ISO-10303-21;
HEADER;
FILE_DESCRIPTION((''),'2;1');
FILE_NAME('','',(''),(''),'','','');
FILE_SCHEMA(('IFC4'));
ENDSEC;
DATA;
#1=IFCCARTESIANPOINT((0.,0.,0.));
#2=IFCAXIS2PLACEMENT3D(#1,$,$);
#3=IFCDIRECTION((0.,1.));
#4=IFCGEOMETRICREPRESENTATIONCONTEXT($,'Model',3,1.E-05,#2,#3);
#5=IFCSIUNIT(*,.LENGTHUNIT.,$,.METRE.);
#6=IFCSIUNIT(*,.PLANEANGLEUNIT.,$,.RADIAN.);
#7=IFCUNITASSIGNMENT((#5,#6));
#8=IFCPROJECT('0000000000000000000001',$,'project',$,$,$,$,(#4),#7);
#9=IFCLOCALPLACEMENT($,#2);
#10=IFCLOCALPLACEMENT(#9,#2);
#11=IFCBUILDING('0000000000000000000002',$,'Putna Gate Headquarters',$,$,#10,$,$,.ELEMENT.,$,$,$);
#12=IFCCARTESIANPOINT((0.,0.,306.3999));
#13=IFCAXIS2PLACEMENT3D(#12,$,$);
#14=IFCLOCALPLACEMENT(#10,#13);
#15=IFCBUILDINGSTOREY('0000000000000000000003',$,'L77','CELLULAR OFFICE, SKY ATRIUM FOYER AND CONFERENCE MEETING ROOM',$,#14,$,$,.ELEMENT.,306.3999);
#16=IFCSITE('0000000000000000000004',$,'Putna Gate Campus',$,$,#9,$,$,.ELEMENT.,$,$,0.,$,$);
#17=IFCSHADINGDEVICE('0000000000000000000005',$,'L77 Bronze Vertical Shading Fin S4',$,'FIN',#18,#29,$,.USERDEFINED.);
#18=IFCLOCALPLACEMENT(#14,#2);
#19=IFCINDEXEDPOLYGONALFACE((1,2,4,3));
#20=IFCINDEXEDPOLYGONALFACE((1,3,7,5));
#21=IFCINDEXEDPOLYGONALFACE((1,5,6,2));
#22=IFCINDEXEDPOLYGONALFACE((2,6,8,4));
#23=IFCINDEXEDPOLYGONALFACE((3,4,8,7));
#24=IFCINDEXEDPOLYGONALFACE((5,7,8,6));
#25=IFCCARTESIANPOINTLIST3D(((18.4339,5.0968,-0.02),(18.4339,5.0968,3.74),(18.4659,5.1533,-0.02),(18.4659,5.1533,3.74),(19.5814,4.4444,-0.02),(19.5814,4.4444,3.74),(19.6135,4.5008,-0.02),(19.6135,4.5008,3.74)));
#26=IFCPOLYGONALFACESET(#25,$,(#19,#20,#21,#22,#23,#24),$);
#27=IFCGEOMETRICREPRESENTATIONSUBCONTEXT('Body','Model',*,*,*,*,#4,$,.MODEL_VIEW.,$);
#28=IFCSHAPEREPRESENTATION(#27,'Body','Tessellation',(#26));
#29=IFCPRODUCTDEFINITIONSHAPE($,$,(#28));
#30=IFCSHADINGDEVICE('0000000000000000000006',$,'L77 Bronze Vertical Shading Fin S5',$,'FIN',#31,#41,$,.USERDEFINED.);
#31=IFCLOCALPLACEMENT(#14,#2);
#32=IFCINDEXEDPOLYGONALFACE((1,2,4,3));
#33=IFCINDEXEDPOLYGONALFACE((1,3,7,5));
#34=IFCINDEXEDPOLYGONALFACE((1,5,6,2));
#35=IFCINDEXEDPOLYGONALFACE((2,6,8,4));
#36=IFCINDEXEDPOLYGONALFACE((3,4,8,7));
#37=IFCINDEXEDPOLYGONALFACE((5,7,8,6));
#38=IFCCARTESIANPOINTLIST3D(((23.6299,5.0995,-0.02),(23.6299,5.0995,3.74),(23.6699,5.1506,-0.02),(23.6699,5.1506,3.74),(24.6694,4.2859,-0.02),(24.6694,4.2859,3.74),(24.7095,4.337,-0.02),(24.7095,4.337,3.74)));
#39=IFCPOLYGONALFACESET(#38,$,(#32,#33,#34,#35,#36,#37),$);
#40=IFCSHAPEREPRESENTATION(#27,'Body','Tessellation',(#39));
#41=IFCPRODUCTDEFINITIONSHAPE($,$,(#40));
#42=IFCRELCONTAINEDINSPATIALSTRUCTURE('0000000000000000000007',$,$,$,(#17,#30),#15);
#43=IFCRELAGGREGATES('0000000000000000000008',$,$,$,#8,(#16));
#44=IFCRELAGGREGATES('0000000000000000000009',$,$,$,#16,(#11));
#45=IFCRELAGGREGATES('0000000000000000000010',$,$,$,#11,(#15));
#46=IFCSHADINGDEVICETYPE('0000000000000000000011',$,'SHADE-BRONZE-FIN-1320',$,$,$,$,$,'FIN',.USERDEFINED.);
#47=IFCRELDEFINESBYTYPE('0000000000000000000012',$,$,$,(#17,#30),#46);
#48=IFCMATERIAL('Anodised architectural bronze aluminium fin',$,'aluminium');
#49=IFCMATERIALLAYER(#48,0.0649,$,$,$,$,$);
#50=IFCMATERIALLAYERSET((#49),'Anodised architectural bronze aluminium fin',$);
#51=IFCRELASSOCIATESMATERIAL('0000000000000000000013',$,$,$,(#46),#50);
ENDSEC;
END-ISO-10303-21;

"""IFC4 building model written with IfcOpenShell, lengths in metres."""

from ifc_helpers import new_model, si_unit, direction, frame, origin, origin_2d, place, context, subcontext, project, spatial, rectangle, extrude, material, layer, layer_set, type_object, element, save


model = new_model("IFC4")

# Units and contexts
model_context = context("Model", 3, precision=1e-05, world=origin(), true_north=direction((0.0, 1.0)))
body_context = subcontext(model_context, "Body", "Model", "MODEL_VIEW")
ifc_project = project(units=[si_unit("LENGTHUNIT", "METRE"), si_unit("PLANEANGLEUNIT", "RADIAN")], contexts=[model_context])

# Site, building, storey
site_placement = place(None, origin())
site = spatial("IfcSite", under=ifc_project, at=site_placement, Name="Putna Gate Campus", CompositionType="ELEMENT", RefElevation=0.0)
building_placement = place(site_placement, origin())
building = spatial("IfcBuilding", under=site, at=building_placement, Name="Putna Gate Headquarters", CompositionType="ELEMENT")
storey_placement = place(building_placement, frame((0.0, 0.0, 306.3999)))
storey = spatial("IfcBuildingStorey", under=building, at=storey_placement, Name="L77", Description="CELLULAR OFFICE, SKY ATRIUM FOYER AND CONFERENCE MEETING ROOM", CompositionType="ELEMENT", Elevation=306.3999)

# Shading devices
ifc_material_1 = material(Name="Anodised architectural bronze aluminium fin", Category="aluminium")
ifc_layer_1 = layer(ifc_material_1, 0.0649)
ifc_layer_set_1 = layer_set([ifc_layer_1], Name="Anodised architectural bronze aluminium fin")
shading_device_type = type_object("IfcShadingDeviceType", Name="SHADE-BRONZE-FIN-1320", ElementType="FIN", PredefinedType="USERDEFINED", material=ifc_layer_set_1)
for number, where, z_axis, x_axis, name in (
    (1, (19.0237, 4.7988, -0.02), (0.0, 0.0, 1.0), (0.869322, -0.494245, 0.0), "L77 Bronze Vertical Shading Fin S4"),
    (2, (24.1697, 4.7183, -0.02), (0.0, 0.0, 1.0), (0.787473, -0.616349, 0.0), "L77 Bronze Vertical Shading Fin S5"),
):
    element("IfcShadingDevice", number, at=place(storey_placement, frame(where, z_axis=z_axis, x_axis=x_axis)), inside=storey, type_object=shading_device_type, Name=name, ObjectType="FIN", PredefinedType="USERDEFINED", context=body_context, shape_type="SweptSolid", body=[
        extrude(rectangle(XDim=1.3201, YDim=0.0649, at=origin_2d()), origin(), (0.0, 0.0, 1.0), 3.76),
    ])

save(model, "model.ifc")
